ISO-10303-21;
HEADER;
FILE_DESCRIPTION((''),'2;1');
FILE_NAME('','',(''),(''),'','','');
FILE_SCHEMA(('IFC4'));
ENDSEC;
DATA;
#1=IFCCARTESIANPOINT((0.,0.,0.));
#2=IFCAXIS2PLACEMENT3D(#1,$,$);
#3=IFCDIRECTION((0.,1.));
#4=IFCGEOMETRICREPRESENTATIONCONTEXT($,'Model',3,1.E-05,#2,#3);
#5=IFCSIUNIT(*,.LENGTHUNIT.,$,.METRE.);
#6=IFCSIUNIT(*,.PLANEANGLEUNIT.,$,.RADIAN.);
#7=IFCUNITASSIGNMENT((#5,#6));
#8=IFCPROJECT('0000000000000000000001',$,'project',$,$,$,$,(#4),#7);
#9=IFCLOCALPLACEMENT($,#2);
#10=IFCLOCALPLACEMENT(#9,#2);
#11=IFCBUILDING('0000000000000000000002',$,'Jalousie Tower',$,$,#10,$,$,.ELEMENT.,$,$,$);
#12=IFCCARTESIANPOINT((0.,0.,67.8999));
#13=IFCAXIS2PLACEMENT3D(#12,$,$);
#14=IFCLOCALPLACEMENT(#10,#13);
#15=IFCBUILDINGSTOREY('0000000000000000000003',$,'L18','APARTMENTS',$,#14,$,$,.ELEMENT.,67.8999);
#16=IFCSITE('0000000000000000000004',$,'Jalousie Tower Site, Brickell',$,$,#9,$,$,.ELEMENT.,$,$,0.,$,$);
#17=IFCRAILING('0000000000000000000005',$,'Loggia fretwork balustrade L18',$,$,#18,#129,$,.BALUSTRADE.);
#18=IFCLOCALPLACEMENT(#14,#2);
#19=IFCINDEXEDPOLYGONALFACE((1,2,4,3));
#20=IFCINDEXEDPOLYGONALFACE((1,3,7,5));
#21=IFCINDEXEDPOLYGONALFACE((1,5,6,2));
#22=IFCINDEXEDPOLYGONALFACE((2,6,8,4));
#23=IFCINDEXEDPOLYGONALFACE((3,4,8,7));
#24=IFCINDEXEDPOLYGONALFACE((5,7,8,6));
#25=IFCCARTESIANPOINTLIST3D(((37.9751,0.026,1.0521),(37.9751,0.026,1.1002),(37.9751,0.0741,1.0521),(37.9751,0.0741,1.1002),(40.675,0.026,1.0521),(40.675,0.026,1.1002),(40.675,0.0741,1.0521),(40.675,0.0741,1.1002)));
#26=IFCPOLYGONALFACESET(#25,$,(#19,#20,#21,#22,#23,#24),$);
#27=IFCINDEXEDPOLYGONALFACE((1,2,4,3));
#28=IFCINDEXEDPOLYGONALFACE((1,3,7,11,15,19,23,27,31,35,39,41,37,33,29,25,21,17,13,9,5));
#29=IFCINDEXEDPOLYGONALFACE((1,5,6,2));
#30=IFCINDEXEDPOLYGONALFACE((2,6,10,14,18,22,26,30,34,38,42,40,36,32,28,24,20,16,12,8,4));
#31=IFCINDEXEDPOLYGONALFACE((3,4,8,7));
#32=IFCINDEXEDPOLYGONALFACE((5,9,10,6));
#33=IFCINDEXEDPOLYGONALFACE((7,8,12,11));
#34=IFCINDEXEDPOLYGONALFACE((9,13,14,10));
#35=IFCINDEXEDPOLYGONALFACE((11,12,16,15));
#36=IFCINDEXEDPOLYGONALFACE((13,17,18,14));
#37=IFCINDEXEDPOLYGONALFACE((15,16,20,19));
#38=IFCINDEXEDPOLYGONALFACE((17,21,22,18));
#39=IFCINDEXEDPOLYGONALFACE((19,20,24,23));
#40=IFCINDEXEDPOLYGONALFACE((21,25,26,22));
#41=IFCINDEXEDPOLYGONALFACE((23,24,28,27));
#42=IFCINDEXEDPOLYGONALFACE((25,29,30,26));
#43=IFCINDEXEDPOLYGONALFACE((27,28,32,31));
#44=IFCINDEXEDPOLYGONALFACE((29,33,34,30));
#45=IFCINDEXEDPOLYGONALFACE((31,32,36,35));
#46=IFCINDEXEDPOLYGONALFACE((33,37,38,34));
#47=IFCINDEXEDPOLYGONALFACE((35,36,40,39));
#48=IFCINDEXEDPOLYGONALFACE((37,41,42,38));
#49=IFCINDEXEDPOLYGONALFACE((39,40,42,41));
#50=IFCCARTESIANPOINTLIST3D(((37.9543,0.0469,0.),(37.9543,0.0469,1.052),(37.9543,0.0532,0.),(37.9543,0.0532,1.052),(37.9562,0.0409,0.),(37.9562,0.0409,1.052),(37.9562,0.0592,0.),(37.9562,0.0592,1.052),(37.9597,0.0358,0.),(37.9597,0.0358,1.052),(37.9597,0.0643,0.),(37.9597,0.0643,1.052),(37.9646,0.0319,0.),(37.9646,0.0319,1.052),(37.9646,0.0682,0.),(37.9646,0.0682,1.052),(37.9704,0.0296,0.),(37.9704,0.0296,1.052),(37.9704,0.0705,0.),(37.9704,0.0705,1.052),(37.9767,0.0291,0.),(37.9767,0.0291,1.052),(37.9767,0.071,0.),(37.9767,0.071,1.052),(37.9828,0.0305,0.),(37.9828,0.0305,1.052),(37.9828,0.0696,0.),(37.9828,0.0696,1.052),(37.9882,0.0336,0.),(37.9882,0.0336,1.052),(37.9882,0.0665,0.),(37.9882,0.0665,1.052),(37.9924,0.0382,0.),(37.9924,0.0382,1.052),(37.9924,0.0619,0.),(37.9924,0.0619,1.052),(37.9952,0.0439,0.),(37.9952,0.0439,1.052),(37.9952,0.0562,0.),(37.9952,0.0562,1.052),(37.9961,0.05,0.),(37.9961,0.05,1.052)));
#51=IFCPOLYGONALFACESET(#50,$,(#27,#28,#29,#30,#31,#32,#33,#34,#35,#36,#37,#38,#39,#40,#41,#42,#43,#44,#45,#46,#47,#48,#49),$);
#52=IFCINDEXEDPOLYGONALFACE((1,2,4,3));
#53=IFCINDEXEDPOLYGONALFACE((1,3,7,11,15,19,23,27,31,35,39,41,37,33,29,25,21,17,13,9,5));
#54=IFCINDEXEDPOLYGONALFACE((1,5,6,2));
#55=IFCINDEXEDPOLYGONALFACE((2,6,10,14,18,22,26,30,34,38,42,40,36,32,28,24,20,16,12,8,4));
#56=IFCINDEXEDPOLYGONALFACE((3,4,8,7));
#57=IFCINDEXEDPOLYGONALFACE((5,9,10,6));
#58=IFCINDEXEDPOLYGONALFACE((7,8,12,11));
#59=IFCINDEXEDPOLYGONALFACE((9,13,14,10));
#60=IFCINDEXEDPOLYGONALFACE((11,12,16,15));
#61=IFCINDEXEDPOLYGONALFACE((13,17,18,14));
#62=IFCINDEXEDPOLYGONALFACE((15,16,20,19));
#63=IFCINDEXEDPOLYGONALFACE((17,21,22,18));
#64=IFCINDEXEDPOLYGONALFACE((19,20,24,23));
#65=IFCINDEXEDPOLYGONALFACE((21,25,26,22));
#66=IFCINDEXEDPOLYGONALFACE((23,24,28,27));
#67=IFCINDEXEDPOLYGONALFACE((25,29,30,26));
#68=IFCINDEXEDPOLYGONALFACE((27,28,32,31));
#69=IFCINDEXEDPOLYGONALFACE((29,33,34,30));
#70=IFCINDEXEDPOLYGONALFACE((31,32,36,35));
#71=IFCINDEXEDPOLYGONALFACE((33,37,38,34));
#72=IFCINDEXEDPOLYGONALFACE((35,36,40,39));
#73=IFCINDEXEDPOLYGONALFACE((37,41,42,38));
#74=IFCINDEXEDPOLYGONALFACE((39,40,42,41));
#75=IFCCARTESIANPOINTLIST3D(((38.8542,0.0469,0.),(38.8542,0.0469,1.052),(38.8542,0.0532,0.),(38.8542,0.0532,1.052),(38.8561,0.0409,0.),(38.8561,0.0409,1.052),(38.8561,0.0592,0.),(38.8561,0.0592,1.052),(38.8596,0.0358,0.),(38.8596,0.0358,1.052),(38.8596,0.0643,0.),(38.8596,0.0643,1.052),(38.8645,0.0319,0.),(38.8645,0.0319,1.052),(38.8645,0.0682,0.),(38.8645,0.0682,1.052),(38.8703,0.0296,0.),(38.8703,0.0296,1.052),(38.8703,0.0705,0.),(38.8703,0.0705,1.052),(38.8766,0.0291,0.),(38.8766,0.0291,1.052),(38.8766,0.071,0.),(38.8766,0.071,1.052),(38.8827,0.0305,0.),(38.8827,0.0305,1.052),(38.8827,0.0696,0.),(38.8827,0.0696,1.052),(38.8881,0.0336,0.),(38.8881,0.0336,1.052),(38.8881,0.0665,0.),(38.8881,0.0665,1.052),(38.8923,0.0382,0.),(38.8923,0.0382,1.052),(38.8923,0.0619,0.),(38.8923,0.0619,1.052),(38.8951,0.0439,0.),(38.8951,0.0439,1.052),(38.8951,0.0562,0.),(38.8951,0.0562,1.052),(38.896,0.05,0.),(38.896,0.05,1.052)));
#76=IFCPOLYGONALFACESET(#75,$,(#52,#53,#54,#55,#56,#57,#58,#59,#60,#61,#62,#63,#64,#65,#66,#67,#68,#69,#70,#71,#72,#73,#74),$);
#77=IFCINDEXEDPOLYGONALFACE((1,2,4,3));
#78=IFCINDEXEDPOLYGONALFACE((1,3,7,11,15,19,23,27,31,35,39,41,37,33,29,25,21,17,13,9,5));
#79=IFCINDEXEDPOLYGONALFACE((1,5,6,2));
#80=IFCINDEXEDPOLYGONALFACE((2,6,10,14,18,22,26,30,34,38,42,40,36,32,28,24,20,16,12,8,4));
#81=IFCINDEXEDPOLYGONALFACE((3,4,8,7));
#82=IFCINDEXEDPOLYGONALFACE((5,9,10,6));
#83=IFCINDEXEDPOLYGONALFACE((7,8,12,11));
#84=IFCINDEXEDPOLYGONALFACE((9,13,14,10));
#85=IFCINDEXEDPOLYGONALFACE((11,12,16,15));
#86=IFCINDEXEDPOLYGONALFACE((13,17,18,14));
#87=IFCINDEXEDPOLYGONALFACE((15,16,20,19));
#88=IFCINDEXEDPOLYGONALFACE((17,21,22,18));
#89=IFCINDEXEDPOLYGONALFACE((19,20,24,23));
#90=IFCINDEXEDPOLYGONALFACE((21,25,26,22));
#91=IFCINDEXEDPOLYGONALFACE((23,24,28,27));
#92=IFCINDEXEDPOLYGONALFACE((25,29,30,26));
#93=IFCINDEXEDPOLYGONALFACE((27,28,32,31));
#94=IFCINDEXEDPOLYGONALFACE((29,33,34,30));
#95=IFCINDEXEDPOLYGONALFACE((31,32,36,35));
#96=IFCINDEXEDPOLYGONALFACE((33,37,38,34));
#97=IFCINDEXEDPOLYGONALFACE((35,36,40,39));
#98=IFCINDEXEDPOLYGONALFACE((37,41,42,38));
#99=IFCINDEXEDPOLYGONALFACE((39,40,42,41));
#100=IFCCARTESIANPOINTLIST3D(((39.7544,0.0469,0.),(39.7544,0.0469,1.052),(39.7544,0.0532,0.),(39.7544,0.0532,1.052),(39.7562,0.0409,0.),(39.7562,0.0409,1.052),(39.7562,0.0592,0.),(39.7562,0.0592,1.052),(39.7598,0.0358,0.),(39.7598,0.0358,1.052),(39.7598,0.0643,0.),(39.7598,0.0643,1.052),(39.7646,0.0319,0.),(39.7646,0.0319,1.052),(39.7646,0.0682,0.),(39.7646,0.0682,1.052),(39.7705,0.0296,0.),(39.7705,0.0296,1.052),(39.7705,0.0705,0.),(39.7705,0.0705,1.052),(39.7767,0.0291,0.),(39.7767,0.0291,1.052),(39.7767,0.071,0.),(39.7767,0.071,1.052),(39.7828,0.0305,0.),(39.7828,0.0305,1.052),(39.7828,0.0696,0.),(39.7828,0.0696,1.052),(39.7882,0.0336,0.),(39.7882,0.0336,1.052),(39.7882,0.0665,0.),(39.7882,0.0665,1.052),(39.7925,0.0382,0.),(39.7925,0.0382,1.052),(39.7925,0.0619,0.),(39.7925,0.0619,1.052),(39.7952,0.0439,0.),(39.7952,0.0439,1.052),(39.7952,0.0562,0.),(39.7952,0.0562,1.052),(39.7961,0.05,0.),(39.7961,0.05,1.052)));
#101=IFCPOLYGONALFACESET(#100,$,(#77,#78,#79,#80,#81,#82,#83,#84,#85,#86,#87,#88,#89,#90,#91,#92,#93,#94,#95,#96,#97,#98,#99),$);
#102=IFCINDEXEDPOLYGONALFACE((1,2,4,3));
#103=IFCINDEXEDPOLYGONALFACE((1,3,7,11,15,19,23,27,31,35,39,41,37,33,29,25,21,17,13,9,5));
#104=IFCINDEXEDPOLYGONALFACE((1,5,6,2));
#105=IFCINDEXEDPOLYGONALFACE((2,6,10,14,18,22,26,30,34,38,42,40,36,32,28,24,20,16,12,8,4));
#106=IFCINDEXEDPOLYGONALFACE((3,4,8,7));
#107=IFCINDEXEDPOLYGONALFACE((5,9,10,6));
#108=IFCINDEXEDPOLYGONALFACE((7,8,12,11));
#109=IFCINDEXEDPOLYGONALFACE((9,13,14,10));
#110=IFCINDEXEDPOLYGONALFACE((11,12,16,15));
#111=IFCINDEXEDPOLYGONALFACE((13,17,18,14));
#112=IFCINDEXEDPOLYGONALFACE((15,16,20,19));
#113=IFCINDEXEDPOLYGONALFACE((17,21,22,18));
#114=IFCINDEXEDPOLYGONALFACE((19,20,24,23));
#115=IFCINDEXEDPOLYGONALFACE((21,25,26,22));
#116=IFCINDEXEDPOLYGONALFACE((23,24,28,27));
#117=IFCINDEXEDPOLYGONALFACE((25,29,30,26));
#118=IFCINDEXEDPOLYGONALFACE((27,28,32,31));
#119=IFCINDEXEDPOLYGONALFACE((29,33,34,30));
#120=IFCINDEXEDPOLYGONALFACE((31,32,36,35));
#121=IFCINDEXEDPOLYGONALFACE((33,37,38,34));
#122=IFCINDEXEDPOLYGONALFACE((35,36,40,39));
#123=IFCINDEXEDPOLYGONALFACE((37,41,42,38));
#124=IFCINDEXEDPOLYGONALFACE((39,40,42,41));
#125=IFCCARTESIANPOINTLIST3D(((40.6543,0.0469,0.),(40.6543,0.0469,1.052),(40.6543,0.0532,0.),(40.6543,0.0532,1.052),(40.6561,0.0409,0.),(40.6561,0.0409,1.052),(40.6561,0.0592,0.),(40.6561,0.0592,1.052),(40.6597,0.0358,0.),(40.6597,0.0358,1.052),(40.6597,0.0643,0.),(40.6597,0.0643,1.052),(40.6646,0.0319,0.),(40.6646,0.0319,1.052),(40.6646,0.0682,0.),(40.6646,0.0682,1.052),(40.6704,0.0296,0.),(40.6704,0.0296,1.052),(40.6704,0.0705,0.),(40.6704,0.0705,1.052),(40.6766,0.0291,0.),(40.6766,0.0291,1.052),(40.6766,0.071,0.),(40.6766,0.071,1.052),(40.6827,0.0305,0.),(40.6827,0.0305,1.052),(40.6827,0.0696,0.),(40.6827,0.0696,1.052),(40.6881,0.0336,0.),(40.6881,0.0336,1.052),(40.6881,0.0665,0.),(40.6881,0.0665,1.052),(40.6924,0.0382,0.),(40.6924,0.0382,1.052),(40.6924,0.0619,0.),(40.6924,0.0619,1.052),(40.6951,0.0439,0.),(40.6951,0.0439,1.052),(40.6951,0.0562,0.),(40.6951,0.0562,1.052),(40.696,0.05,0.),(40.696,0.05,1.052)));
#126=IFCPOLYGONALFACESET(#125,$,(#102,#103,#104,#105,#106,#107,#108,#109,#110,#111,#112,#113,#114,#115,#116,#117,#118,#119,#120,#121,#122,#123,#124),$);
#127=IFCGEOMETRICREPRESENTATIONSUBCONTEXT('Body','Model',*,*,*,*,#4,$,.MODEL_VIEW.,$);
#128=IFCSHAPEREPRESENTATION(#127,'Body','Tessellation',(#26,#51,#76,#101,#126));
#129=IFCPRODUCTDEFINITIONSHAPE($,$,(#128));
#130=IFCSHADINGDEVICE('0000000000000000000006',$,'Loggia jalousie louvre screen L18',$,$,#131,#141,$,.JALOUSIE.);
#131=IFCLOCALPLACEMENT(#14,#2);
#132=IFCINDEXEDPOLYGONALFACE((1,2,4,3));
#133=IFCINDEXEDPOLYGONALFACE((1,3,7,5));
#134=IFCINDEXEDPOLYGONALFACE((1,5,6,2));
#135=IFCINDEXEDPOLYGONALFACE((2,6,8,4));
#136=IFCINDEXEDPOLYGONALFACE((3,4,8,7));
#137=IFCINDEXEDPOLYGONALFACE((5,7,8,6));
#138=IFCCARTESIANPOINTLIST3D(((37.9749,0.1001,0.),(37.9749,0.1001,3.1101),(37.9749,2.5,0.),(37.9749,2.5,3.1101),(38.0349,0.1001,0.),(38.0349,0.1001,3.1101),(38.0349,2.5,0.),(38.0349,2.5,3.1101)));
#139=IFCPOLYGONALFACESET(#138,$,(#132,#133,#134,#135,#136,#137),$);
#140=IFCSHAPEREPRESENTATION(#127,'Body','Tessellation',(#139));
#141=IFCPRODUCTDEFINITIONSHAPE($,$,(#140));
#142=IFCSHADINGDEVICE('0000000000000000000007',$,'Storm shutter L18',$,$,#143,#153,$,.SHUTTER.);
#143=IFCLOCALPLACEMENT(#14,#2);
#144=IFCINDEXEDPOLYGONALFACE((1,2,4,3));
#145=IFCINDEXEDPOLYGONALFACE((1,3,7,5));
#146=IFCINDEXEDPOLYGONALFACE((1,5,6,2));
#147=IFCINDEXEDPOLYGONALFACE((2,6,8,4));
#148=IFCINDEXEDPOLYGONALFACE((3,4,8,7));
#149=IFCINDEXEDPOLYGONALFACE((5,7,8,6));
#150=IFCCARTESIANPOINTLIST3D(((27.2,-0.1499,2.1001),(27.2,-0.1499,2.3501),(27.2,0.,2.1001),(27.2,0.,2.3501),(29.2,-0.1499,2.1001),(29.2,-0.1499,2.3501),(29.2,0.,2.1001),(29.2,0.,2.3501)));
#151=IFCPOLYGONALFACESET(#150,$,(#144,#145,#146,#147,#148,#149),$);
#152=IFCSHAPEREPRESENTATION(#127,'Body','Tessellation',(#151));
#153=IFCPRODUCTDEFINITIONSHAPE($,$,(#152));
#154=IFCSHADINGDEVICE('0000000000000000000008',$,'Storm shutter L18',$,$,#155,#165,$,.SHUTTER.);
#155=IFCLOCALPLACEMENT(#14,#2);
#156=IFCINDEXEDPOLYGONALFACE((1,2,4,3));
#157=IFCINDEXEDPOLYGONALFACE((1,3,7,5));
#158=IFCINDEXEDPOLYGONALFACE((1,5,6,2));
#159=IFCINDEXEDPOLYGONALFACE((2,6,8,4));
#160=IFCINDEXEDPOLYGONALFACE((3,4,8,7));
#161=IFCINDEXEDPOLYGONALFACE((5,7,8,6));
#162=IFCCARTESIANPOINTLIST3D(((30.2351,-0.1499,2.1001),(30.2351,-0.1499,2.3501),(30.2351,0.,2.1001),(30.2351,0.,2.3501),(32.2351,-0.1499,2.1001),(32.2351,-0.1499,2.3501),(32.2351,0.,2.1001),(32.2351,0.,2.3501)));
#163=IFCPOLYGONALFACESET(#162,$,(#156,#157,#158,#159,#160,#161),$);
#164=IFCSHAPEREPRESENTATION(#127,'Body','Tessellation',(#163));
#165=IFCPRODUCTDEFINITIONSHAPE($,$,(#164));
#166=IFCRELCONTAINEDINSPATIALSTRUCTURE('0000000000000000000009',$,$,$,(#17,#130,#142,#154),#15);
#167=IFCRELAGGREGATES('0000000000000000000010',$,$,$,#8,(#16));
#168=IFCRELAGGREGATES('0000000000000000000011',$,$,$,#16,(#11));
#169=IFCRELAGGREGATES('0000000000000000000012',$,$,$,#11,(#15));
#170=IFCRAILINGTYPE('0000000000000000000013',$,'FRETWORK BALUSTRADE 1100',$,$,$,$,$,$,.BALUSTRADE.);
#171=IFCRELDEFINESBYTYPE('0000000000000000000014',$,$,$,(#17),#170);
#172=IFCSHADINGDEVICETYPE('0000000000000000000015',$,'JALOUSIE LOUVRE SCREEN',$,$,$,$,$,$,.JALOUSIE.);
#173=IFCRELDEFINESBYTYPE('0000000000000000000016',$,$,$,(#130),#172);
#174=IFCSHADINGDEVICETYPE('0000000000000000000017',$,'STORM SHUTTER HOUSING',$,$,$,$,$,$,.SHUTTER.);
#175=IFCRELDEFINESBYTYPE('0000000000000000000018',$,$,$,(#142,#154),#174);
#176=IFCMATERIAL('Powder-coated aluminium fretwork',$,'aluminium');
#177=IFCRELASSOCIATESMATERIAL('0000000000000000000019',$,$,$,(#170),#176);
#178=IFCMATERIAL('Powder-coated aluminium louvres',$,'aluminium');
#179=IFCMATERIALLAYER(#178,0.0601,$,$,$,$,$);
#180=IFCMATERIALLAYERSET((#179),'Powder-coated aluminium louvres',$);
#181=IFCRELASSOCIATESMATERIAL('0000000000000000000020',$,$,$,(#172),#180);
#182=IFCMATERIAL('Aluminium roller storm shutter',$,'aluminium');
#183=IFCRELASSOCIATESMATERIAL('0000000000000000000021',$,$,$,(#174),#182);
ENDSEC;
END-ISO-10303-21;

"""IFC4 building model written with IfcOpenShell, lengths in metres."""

from ifc_helpers import new_model, si_unit, direction, frame, origin, origin_2d, place, context, subcontext, project, spatial, rectangle, circle, extrude, material, layer, layer_set, type_object, element, save


model = new_model("IFC4")

# Units and contexts
model_context = context("Model", 3, precision=1e-05, world=origin(), true_north=direction((0.0, 1.0)))
body_context = subcontext(model_context, "Body", "Model", "MODEL_VIEW")
ifc_project = project(units=[si_unit("LENGTHUNIT", "METRE"), si_unit("PLANEANGLEUNIT", "RADIAN")], contexts=[model_context])

# Site, building, storey
site_placement = place(None, origin())
site = spatial("IfcSite", under=ifc_project, at=site_placement, Name="Jalousie Tower Site, Brickell", CompositionType="ELEMENT", RefElevation=0.0)
building_placement = place(site_placement, origin())
building = spatial("IfcBuilding", under=site, at=building_placement, Name="Jalousie Tower", CompositionType="ELEMENT")
storey_placement = place(building_placement, frame((0.0, 0.0, 67.8999)))
storey = spatial("IfcBuildingStorey", under=building, at=storey_placement, Name="L18", Description="APARTMENTS", CompositionType="ELEMENT", Elevation=67.8999)

# Railing
ifc_material_1 = material(Name="Powder-coated aluminium fretwork", Category="aluminium")
railing_type = type_object("IfcRailingType", Name="FRETWORK BALUSTRADE 1100", PredefinedType="BALUSTRADE", material=ifc_material_1)
railing_placement = place(storey_placement, frame((37.9751, 0.05, 0.0)))
element("IfcRailing", 1, at=railing_placement, inside=storey, type_object=railing_type, Name="Loggia fretwork balustrade L18", PredefinedType="BALUSTRADE", context=body_context, shape_type="SweptSolid", body=[
    extrude(rectangle(XDim=0.0481, YDim=0.0481, at=origin_2d()), frame((0.0, 0.0, 1.0762), z_axis=(1.0, 0.0, 0.0), x_axis=(0.0, 1.0, 0.0)), (0.0, 0.0, 1.0), 2.7),
    extrude(circle(Radius=0.021, at=origin_2d()), origin(), (0.0, 0.0, 1.0), 1.052),
    extrude(circle(Radius=0.021, at=origin_2d()), frame((0.8999, 0.0, 0.0)), (0.0, 0.0, 1.0), 1.052),
    extrude(circle(Radius=0.021, at=origin_2d()), frame((1.8, 0.0, 0.0)), (0.0, 0.0, 1.0), 1.052),
    extrude(circle(Radius=0.021, at=origin_2d()), frame((2.7, 0.0, 0.0)), (0.0, 0.0, 1.0), 1.052),
])

# Shading devices
ifc_material_2 = material(Name="Powder-coated aluminium louvres", Category="aluminium")
ifc_layer_1 = layer(ifc_material_2, 0.0601)
ifc_layer_set_1 = layer_set([ifc_layer_1], Name="Powder-coated aluminium louvres")
shading_device_type_1 = type_object("IfcShadingDeviceType", Name="JALOUSIE LOUVRE SCREEN", PredefinedType="JALOUSIE", material=ifc_layer_set_1)
shading_device_placement = place(storey_placement, frame((38.0049, 1.3, 0.0), z_axis=(0.0, 0.0, 1.0), x_axis=(1.0, 0.0, 0.0)))
element("IfcShadingDevice", 2, at=shading_device_placement, inside=storey, type_object=shading_device_type_1, Name="Loggia jalousie louvre screen L18", PredefinedType="JALOUSIE", context=body_context, shape_type="SweptSolid", body=[
    extrude(rectangle(XDim=0.0601, YDim=2.3999, at=origin_2d()), origin(), (0.0, 0.0, 1.0), 3.1101),
])
ifc_material_3 = material(Name="Aluminium roller storm shutter", Category="aluminium")
shading_device_type_2 = type_object("IfcShadingDeviceType", Name="STORM SHUTTER HOUSING", PredefinedType="SHUTTER", material=ifc_material_3)
for number, where, z_axis, x_axis, name in (
    (3, (28.2, -0.075, 2.1001), (0.0, 0.0, 1.0), (1.0, 0.0, 0.0), "Storm shutter L18"),
    (4, (31.2351, -0.075, 2.1001), (0.0, 0.0, 1.0), (1.0, 0.0, 0.0), "Storm shutter L18"),
):
    element("IfcShadingDevice", number, at=place(storey_placement, frame(where, z_axis=z_axis, x_axis=x_axis)), inside=storey, type_object=shading_device_type_2, Name=name, PredefinedType="SHUTTER", context=body_context, shape_type="SweptSolid", body=[
        extrude(rectangle(XDim=2.0, YDim=0.1499, at=origin_2d()), origin(), (0.0, 0.0, 1.0), 0.25),
    ])

save(model, "model.ifc")
